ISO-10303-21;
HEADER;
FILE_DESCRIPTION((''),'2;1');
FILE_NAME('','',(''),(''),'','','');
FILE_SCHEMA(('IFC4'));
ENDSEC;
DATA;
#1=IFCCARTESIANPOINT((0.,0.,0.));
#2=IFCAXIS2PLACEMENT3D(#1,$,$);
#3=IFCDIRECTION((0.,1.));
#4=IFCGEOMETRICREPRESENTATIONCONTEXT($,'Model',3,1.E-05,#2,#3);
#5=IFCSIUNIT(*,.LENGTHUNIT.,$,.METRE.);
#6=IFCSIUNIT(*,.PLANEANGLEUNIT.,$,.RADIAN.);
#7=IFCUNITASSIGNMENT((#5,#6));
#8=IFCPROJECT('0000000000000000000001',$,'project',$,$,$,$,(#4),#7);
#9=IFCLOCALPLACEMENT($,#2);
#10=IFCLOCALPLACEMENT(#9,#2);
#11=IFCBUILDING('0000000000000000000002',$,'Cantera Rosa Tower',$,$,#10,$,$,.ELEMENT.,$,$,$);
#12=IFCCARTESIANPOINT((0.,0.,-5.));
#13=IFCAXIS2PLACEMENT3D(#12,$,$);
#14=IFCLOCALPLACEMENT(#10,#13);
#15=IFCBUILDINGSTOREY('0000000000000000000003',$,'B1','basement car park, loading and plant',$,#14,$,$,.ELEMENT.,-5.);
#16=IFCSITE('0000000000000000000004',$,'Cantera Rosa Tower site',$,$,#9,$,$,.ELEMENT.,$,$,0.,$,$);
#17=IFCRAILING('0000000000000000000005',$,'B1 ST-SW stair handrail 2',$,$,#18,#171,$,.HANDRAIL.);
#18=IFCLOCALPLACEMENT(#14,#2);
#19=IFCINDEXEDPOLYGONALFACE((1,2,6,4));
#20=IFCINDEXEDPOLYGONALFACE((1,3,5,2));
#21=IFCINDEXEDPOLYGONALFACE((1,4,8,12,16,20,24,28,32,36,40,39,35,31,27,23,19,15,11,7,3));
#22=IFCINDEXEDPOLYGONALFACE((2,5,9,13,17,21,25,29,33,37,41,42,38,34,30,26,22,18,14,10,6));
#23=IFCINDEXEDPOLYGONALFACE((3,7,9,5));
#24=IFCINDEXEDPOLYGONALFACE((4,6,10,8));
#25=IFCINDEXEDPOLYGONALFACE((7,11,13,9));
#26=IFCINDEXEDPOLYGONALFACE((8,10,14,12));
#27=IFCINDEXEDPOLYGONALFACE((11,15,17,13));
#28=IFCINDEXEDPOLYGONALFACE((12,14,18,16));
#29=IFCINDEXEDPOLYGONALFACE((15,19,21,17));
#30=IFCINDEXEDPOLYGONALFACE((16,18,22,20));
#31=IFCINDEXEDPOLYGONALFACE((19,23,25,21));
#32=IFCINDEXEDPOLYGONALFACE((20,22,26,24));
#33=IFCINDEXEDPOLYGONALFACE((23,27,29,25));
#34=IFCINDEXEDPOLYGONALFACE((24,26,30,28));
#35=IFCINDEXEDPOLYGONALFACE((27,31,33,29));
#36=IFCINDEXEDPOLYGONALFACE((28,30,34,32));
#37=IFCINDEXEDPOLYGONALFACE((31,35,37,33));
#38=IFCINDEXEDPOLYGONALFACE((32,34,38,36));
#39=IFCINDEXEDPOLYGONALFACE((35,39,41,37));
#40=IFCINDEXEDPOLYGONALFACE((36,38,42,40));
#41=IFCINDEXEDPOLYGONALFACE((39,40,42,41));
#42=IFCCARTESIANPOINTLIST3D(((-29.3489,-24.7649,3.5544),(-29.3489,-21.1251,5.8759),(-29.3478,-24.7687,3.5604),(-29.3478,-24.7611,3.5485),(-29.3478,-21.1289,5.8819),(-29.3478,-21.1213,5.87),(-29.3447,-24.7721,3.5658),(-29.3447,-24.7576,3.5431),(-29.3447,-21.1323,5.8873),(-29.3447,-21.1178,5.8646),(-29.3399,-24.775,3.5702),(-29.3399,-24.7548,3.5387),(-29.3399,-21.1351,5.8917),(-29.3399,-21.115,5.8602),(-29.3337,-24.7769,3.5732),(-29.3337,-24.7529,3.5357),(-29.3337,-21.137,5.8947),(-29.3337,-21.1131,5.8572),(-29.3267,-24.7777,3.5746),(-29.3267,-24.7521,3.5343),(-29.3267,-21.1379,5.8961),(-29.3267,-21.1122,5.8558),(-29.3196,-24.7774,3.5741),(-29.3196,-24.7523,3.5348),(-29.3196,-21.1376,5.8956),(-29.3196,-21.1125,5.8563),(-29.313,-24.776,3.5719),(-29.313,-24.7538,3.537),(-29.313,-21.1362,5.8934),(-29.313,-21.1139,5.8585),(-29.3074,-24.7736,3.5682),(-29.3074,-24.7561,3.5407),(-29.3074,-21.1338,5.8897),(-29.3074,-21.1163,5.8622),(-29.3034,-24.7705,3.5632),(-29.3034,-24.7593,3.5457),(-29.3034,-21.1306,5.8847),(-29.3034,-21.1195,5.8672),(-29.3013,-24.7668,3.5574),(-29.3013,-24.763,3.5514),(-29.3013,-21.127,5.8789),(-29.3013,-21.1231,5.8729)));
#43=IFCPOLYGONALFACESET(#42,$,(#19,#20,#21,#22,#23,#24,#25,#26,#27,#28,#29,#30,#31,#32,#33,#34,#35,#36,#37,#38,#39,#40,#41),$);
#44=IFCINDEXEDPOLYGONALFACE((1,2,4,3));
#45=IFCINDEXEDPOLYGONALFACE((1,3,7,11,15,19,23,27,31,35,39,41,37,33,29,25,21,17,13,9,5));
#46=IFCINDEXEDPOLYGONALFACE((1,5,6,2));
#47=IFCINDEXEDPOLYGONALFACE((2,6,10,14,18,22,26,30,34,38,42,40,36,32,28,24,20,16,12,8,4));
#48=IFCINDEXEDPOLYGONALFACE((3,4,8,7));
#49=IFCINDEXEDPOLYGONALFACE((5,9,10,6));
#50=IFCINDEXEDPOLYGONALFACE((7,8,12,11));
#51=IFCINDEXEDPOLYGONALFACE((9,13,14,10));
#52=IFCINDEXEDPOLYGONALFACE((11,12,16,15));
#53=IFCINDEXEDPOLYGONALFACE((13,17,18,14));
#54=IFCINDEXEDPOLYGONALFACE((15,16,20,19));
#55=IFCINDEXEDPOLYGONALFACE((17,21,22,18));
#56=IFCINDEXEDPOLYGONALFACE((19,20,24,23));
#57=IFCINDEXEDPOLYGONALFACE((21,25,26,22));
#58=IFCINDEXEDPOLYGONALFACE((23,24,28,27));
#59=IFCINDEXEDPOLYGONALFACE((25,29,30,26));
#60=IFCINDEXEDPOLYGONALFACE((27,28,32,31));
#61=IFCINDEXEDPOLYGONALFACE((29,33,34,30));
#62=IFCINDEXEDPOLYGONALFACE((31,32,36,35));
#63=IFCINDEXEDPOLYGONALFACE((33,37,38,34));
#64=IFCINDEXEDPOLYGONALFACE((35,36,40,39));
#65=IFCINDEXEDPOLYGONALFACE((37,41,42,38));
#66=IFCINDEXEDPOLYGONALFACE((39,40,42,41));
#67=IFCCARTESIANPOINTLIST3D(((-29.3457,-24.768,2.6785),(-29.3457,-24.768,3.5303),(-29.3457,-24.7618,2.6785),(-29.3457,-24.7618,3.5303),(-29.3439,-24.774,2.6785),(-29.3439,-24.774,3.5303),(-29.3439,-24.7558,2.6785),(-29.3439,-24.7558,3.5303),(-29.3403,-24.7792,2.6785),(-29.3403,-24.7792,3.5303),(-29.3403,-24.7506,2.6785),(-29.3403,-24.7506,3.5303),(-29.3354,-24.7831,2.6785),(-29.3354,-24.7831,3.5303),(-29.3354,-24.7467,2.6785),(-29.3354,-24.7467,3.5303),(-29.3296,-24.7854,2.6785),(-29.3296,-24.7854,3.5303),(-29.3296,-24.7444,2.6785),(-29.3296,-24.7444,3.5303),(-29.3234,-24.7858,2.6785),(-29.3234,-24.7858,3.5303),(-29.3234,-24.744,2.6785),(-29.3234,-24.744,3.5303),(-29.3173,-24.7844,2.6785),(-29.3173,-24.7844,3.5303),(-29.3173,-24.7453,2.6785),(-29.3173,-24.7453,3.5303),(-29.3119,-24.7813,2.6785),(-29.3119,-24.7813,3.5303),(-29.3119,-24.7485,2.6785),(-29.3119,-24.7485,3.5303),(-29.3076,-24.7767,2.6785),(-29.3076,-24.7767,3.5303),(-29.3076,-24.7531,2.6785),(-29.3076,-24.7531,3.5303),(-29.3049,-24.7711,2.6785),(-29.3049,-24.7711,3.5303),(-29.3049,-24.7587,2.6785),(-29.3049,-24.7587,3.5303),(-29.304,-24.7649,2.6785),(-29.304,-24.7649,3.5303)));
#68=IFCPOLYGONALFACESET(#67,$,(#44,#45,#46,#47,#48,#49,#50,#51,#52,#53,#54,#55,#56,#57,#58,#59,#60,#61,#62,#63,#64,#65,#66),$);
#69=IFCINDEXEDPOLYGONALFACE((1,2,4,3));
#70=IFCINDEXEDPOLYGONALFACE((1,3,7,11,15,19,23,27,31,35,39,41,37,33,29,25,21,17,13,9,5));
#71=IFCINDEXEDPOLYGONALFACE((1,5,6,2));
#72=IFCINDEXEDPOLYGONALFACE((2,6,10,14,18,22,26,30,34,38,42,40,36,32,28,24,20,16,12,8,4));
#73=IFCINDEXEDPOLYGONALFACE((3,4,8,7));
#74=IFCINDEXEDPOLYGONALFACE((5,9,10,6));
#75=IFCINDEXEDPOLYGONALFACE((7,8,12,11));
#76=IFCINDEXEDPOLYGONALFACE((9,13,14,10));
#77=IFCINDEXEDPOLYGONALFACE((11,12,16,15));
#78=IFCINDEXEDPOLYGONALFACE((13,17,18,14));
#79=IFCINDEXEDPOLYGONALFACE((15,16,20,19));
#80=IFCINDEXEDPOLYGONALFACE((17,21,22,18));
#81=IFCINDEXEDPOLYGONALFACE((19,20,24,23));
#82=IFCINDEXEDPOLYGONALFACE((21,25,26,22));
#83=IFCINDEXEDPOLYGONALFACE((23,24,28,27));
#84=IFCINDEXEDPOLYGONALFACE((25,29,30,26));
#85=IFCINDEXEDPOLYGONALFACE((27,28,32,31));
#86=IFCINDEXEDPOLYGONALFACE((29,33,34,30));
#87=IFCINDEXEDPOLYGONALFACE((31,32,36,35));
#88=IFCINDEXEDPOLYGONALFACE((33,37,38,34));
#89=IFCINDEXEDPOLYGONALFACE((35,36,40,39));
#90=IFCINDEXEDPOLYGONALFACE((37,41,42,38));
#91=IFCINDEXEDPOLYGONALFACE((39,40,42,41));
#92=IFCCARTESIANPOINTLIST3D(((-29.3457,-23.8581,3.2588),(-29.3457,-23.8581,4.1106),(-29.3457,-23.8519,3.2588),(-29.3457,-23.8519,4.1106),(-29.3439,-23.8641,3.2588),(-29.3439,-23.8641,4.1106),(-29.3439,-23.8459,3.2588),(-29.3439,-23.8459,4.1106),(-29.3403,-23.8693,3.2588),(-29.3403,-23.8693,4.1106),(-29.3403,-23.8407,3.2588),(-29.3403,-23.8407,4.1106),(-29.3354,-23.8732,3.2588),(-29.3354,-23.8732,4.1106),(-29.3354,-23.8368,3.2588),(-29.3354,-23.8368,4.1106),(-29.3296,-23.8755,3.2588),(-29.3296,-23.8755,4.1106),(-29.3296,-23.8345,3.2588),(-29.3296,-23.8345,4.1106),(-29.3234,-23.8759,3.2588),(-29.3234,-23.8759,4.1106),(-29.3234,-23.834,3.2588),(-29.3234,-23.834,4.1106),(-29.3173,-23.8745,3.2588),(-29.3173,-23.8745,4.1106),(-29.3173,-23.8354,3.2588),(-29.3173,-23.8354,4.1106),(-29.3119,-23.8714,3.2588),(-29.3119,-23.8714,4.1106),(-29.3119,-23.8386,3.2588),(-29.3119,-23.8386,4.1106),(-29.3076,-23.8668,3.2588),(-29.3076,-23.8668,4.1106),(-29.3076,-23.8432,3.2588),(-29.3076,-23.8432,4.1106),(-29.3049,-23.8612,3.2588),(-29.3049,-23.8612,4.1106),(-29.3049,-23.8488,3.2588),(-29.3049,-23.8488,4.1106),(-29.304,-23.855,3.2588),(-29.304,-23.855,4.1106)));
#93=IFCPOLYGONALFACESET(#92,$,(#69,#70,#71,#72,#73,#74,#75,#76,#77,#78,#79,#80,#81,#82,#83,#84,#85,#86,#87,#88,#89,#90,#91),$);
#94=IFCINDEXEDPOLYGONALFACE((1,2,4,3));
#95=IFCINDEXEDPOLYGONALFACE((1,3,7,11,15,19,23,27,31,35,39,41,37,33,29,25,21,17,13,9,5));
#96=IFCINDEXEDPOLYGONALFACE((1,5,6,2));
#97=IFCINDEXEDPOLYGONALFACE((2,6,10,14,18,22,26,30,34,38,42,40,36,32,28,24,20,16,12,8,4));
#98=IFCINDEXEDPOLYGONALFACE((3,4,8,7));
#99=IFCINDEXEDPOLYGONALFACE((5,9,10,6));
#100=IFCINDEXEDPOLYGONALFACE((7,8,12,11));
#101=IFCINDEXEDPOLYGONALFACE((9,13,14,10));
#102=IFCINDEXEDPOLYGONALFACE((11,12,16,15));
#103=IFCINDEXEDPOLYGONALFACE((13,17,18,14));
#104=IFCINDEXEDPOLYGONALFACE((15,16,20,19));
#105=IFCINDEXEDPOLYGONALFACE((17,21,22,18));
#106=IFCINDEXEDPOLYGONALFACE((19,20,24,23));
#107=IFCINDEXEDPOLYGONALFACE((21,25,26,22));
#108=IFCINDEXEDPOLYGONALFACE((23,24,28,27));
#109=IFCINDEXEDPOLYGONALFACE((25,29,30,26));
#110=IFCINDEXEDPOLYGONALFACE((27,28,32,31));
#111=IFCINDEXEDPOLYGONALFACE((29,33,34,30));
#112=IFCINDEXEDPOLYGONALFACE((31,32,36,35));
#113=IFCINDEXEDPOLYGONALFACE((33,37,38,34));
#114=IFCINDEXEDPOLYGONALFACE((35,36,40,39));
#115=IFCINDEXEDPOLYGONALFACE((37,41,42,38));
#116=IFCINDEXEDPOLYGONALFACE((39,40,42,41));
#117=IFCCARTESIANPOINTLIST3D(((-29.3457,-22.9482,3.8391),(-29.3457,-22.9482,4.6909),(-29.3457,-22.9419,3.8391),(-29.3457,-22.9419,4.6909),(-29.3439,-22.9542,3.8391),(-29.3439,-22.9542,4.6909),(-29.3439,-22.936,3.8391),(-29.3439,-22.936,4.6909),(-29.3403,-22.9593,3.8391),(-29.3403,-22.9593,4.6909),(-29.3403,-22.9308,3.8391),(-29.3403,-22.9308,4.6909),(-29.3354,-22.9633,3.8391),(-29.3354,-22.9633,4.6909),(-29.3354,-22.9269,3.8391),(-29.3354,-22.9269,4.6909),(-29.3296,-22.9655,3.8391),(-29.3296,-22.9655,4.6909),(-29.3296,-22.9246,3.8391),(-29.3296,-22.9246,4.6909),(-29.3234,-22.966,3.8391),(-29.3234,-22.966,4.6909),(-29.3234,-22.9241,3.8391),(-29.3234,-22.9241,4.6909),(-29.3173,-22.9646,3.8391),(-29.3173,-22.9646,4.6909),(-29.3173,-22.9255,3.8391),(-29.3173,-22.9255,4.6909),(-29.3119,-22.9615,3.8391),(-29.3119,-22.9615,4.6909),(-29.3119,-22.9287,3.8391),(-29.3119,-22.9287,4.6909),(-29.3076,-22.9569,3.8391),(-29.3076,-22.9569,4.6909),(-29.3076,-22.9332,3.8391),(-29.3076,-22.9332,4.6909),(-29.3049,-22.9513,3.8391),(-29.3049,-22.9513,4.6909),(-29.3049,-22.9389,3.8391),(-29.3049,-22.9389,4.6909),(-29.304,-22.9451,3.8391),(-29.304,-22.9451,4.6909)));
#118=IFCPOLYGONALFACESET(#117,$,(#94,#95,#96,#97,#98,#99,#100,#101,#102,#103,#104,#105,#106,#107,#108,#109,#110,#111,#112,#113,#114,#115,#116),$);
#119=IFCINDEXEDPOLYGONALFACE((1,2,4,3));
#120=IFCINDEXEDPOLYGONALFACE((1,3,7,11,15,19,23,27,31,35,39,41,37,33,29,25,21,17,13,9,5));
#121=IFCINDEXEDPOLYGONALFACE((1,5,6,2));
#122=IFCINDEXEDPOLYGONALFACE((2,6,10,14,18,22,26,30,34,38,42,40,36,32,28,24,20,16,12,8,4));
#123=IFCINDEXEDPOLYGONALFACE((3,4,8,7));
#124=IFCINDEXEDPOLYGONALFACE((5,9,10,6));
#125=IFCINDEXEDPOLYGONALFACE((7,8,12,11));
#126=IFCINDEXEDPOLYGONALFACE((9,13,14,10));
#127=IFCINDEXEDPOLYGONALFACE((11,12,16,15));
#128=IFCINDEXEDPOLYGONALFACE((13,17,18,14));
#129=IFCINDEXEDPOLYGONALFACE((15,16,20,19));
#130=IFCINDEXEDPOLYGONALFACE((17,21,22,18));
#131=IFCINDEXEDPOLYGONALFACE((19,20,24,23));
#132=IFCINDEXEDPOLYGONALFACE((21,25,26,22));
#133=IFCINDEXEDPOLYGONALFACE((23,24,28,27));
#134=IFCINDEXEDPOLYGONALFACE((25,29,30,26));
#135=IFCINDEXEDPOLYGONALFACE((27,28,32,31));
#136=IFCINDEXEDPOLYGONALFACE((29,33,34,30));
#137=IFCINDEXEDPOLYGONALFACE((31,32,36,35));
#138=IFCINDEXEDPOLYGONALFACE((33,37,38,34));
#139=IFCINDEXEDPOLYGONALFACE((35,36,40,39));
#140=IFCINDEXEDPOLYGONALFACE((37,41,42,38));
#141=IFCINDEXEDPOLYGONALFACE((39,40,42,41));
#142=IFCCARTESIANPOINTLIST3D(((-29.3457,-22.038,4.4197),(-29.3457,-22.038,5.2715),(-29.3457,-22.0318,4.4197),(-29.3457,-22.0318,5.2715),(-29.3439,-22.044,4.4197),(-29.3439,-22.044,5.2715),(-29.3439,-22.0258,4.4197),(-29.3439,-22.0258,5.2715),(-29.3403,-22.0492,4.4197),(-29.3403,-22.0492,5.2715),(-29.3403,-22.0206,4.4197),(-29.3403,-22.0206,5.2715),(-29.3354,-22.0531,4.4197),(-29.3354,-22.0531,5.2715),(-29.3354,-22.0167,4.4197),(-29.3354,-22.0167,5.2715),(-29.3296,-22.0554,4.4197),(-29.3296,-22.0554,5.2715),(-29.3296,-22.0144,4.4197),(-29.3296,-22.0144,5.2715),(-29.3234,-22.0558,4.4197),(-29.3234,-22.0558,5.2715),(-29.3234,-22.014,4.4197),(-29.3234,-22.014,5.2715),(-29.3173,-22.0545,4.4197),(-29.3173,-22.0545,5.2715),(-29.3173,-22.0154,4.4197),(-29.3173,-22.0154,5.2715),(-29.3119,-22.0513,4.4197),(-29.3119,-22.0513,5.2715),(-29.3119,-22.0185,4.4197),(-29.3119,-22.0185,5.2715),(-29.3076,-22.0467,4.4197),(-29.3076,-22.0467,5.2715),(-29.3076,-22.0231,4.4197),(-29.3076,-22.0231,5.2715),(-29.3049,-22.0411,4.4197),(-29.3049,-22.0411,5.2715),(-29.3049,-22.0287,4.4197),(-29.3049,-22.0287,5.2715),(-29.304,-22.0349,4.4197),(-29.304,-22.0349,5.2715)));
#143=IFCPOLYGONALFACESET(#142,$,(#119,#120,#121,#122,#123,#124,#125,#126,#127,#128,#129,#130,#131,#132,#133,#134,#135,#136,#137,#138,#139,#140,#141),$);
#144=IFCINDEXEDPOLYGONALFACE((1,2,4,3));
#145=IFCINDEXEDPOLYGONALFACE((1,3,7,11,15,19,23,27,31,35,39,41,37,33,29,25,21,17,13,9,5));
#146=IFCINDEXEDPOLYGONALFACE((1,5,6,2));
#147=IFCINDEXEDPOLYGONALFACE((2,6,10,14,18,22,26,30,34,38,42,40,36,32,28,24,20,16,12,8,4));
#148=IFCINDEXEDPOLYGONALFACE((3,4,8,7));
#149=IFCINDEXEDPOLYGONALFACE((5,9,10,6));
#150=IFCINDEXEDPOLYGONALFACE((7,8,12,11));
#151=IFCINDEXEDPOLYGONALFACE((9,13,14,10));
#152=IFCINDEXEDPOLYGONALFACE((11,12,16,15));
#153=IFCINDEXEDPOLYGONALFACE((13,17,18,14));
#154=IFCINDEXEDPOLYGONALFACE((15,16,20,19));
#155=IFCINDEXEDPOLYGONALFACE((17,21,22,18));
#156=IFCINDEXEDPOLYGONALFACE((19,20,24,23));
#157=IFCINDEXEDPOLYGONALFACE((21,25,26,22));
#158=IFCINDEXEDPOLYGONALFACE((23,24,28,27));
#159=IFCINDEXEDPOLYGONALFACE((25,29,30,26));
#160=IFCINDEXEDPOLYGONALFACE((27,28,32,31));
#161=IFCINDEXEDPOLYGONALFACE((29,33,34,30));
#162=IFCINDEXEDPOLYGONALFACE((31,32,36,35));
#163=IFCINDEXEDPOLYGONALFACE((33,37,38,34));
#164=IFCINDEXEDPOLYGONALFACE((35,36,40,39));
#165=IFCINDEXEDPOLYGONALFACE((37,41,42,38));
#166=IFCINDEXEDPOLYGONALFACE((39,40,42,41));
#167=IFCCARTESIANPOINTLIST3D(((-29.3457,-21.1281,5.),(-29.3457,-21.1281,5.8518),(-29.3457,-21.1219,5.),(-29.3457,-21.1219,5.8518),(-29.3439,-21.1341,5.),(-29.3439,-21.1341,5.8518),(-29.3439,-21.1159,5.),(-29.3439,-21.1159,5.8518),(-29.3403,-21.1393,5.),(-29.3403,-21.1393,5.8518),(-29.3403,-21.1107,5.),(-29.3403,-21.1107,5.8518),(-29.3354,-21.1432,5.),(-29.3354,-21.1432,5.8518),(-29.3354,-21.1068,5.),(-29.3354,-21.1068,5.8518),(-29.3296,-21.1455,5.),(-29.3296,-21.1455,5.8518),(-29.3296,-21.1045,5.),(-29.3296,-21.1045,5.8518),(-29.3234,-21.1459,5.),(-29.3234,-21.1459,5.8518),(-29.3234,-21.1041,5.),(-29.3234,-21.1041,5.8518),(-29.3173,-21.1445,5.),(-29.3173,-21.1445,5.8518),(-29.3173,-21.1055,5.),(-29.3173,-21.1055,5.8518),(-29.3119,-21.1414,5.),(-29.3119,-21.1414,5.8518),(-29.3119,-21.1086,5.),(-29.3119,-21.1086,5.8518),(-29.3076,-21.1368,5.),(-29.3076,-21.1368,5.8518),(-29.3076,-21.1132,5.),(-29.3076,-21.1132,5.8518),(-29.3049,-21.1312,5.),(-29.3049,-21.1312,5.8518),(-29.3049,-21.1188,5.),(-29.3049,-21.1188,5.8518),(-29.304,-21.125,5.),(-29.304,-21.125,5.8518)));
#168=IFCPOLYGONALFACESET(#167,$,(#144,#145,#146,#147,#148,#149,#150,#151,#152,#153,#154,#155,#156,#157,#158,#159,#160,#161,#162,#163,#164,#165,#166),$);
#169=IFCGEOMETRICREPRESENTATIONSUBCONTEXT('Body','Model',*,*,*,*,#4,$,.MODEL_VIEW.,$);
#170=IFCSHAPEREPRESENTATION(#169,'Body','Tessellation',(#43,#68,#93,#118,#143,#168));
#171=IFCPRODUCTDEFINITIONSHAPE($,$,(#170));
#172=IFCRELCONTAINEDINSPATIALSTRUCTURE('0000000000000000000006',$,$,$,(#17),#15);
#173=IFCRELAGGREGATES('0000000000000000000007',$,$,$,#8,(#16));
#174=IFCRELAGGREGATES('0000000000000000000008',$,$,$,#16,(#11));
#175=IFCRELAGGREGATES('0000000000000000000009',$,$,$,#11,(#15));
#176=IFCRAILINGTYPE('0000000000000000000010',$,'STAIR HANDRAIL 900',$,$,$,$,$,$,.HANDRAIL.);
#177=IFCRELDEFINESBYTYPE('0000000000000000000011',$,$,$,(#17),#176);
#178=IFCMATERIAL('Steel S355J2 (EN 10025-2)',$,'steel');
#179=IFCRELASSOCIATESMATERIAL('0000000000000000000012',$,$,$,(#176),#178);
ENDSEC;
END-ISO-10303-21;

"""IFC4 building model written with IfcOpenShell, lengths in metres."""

from ifc_helpers import new_model, si_unit, direction, frame, origin, origin_2d, place, context, subcontext, project, spatial, circle, extrude, material, type_object, element, save


model = new_model("IFC4")

# Units and contexts
model_context = context("Model", 3, precision=1e-05, world=origin(), true_north=direction((0.0, 1.0)))
body_context = subcontext(model_context, "Body", "Model", "MODEL_VIEW")
ifc_project = project(units=[si_unit("LENGTHUNIT", "METRE"), si_unit("PLANEANGLEUNIT", "RADIAN")], contexts=[model_context])

# Site, building, storey
site_placement = place(None, origin())
site = spatial("IfcSite", under=ifc_project, at=site_placement, Name="Cantera Rosa Tower site", CompositionType="ELEMENT", RefElevation=0.0)
building_placement = place(site_placement, origin())
building = spatial("IfcBuilding", under=site, at=building_placement, Name="Cantera Rosa Tower", CompositionType="ELEMENT")
storey_placement = place(building_placement, frame((0.0, 0.0, -5.0)))
storey = spatial("IfcBuildingStorey", under=building, at=storey_placement, Name="B1", Description="basement car park, loading and plant", CompositionType="ELEMENT", Elevation=-5.0)

# Railing
ifc_material_1 = material(Name="Steel S355J2 (EN 10025-2)", Category="steel")
railing_type_1 = type_object("IfcRailingType", Name="STAIR HANDRAIL 900", PredefinedType="HANDRAIL", material=ifc_material_1)
railing_1_placement = place(storey_placement, frame((-29.325, -24.7649, 2.6785)))
element("IfcRailing", 1, at=railing_1_placement, inside=storey, type_object=railing_type_1, Name="B1 ST-SW stair handrail 2", PredefinedType="HANDRAIL", context=body_context, shape_type="SweptSolid", body=[
    extrude(circle(Radius=0.0239, at=origin_2d()), frame((0.0, 0.0, 0.876), z_axis=(0.0, 0.843112, 0.537739), x_axis=(-1.0, 0.0, 0.0)), (0.0, 0.0, 1.0), 4.3171),
    extrude(circle(Radius=0.021, at=origin_2d()), origin(), (0.0, 0.0, 1.0), 0.8518),
    extrude(circle(Radius=0.021, at=origin_2d()), frame((0.0, 0.9099, 0.5803)), (0.0, 0.0, 1.0), 0.8518),
    extrude(circle(Radius=0.021, at=origin_2d()), frame((0.0, 1.8198, 1.1606)), (0.0, 0.0, 1.0), 0.8518),
    extrude(circle(Radius=0.021, at=origin_2d()), frame((0.0, 2.73, 1.7412)), (0.0, 0.0, 1.0), 0.8518),
    extrude(circle(Radius=0.021, at=origin_2d()), frame((0.0, 3.6399, 2.3215)), (0.0, 0.0, 1.0), 0.8518),
])

save(model, "model.ifc")
